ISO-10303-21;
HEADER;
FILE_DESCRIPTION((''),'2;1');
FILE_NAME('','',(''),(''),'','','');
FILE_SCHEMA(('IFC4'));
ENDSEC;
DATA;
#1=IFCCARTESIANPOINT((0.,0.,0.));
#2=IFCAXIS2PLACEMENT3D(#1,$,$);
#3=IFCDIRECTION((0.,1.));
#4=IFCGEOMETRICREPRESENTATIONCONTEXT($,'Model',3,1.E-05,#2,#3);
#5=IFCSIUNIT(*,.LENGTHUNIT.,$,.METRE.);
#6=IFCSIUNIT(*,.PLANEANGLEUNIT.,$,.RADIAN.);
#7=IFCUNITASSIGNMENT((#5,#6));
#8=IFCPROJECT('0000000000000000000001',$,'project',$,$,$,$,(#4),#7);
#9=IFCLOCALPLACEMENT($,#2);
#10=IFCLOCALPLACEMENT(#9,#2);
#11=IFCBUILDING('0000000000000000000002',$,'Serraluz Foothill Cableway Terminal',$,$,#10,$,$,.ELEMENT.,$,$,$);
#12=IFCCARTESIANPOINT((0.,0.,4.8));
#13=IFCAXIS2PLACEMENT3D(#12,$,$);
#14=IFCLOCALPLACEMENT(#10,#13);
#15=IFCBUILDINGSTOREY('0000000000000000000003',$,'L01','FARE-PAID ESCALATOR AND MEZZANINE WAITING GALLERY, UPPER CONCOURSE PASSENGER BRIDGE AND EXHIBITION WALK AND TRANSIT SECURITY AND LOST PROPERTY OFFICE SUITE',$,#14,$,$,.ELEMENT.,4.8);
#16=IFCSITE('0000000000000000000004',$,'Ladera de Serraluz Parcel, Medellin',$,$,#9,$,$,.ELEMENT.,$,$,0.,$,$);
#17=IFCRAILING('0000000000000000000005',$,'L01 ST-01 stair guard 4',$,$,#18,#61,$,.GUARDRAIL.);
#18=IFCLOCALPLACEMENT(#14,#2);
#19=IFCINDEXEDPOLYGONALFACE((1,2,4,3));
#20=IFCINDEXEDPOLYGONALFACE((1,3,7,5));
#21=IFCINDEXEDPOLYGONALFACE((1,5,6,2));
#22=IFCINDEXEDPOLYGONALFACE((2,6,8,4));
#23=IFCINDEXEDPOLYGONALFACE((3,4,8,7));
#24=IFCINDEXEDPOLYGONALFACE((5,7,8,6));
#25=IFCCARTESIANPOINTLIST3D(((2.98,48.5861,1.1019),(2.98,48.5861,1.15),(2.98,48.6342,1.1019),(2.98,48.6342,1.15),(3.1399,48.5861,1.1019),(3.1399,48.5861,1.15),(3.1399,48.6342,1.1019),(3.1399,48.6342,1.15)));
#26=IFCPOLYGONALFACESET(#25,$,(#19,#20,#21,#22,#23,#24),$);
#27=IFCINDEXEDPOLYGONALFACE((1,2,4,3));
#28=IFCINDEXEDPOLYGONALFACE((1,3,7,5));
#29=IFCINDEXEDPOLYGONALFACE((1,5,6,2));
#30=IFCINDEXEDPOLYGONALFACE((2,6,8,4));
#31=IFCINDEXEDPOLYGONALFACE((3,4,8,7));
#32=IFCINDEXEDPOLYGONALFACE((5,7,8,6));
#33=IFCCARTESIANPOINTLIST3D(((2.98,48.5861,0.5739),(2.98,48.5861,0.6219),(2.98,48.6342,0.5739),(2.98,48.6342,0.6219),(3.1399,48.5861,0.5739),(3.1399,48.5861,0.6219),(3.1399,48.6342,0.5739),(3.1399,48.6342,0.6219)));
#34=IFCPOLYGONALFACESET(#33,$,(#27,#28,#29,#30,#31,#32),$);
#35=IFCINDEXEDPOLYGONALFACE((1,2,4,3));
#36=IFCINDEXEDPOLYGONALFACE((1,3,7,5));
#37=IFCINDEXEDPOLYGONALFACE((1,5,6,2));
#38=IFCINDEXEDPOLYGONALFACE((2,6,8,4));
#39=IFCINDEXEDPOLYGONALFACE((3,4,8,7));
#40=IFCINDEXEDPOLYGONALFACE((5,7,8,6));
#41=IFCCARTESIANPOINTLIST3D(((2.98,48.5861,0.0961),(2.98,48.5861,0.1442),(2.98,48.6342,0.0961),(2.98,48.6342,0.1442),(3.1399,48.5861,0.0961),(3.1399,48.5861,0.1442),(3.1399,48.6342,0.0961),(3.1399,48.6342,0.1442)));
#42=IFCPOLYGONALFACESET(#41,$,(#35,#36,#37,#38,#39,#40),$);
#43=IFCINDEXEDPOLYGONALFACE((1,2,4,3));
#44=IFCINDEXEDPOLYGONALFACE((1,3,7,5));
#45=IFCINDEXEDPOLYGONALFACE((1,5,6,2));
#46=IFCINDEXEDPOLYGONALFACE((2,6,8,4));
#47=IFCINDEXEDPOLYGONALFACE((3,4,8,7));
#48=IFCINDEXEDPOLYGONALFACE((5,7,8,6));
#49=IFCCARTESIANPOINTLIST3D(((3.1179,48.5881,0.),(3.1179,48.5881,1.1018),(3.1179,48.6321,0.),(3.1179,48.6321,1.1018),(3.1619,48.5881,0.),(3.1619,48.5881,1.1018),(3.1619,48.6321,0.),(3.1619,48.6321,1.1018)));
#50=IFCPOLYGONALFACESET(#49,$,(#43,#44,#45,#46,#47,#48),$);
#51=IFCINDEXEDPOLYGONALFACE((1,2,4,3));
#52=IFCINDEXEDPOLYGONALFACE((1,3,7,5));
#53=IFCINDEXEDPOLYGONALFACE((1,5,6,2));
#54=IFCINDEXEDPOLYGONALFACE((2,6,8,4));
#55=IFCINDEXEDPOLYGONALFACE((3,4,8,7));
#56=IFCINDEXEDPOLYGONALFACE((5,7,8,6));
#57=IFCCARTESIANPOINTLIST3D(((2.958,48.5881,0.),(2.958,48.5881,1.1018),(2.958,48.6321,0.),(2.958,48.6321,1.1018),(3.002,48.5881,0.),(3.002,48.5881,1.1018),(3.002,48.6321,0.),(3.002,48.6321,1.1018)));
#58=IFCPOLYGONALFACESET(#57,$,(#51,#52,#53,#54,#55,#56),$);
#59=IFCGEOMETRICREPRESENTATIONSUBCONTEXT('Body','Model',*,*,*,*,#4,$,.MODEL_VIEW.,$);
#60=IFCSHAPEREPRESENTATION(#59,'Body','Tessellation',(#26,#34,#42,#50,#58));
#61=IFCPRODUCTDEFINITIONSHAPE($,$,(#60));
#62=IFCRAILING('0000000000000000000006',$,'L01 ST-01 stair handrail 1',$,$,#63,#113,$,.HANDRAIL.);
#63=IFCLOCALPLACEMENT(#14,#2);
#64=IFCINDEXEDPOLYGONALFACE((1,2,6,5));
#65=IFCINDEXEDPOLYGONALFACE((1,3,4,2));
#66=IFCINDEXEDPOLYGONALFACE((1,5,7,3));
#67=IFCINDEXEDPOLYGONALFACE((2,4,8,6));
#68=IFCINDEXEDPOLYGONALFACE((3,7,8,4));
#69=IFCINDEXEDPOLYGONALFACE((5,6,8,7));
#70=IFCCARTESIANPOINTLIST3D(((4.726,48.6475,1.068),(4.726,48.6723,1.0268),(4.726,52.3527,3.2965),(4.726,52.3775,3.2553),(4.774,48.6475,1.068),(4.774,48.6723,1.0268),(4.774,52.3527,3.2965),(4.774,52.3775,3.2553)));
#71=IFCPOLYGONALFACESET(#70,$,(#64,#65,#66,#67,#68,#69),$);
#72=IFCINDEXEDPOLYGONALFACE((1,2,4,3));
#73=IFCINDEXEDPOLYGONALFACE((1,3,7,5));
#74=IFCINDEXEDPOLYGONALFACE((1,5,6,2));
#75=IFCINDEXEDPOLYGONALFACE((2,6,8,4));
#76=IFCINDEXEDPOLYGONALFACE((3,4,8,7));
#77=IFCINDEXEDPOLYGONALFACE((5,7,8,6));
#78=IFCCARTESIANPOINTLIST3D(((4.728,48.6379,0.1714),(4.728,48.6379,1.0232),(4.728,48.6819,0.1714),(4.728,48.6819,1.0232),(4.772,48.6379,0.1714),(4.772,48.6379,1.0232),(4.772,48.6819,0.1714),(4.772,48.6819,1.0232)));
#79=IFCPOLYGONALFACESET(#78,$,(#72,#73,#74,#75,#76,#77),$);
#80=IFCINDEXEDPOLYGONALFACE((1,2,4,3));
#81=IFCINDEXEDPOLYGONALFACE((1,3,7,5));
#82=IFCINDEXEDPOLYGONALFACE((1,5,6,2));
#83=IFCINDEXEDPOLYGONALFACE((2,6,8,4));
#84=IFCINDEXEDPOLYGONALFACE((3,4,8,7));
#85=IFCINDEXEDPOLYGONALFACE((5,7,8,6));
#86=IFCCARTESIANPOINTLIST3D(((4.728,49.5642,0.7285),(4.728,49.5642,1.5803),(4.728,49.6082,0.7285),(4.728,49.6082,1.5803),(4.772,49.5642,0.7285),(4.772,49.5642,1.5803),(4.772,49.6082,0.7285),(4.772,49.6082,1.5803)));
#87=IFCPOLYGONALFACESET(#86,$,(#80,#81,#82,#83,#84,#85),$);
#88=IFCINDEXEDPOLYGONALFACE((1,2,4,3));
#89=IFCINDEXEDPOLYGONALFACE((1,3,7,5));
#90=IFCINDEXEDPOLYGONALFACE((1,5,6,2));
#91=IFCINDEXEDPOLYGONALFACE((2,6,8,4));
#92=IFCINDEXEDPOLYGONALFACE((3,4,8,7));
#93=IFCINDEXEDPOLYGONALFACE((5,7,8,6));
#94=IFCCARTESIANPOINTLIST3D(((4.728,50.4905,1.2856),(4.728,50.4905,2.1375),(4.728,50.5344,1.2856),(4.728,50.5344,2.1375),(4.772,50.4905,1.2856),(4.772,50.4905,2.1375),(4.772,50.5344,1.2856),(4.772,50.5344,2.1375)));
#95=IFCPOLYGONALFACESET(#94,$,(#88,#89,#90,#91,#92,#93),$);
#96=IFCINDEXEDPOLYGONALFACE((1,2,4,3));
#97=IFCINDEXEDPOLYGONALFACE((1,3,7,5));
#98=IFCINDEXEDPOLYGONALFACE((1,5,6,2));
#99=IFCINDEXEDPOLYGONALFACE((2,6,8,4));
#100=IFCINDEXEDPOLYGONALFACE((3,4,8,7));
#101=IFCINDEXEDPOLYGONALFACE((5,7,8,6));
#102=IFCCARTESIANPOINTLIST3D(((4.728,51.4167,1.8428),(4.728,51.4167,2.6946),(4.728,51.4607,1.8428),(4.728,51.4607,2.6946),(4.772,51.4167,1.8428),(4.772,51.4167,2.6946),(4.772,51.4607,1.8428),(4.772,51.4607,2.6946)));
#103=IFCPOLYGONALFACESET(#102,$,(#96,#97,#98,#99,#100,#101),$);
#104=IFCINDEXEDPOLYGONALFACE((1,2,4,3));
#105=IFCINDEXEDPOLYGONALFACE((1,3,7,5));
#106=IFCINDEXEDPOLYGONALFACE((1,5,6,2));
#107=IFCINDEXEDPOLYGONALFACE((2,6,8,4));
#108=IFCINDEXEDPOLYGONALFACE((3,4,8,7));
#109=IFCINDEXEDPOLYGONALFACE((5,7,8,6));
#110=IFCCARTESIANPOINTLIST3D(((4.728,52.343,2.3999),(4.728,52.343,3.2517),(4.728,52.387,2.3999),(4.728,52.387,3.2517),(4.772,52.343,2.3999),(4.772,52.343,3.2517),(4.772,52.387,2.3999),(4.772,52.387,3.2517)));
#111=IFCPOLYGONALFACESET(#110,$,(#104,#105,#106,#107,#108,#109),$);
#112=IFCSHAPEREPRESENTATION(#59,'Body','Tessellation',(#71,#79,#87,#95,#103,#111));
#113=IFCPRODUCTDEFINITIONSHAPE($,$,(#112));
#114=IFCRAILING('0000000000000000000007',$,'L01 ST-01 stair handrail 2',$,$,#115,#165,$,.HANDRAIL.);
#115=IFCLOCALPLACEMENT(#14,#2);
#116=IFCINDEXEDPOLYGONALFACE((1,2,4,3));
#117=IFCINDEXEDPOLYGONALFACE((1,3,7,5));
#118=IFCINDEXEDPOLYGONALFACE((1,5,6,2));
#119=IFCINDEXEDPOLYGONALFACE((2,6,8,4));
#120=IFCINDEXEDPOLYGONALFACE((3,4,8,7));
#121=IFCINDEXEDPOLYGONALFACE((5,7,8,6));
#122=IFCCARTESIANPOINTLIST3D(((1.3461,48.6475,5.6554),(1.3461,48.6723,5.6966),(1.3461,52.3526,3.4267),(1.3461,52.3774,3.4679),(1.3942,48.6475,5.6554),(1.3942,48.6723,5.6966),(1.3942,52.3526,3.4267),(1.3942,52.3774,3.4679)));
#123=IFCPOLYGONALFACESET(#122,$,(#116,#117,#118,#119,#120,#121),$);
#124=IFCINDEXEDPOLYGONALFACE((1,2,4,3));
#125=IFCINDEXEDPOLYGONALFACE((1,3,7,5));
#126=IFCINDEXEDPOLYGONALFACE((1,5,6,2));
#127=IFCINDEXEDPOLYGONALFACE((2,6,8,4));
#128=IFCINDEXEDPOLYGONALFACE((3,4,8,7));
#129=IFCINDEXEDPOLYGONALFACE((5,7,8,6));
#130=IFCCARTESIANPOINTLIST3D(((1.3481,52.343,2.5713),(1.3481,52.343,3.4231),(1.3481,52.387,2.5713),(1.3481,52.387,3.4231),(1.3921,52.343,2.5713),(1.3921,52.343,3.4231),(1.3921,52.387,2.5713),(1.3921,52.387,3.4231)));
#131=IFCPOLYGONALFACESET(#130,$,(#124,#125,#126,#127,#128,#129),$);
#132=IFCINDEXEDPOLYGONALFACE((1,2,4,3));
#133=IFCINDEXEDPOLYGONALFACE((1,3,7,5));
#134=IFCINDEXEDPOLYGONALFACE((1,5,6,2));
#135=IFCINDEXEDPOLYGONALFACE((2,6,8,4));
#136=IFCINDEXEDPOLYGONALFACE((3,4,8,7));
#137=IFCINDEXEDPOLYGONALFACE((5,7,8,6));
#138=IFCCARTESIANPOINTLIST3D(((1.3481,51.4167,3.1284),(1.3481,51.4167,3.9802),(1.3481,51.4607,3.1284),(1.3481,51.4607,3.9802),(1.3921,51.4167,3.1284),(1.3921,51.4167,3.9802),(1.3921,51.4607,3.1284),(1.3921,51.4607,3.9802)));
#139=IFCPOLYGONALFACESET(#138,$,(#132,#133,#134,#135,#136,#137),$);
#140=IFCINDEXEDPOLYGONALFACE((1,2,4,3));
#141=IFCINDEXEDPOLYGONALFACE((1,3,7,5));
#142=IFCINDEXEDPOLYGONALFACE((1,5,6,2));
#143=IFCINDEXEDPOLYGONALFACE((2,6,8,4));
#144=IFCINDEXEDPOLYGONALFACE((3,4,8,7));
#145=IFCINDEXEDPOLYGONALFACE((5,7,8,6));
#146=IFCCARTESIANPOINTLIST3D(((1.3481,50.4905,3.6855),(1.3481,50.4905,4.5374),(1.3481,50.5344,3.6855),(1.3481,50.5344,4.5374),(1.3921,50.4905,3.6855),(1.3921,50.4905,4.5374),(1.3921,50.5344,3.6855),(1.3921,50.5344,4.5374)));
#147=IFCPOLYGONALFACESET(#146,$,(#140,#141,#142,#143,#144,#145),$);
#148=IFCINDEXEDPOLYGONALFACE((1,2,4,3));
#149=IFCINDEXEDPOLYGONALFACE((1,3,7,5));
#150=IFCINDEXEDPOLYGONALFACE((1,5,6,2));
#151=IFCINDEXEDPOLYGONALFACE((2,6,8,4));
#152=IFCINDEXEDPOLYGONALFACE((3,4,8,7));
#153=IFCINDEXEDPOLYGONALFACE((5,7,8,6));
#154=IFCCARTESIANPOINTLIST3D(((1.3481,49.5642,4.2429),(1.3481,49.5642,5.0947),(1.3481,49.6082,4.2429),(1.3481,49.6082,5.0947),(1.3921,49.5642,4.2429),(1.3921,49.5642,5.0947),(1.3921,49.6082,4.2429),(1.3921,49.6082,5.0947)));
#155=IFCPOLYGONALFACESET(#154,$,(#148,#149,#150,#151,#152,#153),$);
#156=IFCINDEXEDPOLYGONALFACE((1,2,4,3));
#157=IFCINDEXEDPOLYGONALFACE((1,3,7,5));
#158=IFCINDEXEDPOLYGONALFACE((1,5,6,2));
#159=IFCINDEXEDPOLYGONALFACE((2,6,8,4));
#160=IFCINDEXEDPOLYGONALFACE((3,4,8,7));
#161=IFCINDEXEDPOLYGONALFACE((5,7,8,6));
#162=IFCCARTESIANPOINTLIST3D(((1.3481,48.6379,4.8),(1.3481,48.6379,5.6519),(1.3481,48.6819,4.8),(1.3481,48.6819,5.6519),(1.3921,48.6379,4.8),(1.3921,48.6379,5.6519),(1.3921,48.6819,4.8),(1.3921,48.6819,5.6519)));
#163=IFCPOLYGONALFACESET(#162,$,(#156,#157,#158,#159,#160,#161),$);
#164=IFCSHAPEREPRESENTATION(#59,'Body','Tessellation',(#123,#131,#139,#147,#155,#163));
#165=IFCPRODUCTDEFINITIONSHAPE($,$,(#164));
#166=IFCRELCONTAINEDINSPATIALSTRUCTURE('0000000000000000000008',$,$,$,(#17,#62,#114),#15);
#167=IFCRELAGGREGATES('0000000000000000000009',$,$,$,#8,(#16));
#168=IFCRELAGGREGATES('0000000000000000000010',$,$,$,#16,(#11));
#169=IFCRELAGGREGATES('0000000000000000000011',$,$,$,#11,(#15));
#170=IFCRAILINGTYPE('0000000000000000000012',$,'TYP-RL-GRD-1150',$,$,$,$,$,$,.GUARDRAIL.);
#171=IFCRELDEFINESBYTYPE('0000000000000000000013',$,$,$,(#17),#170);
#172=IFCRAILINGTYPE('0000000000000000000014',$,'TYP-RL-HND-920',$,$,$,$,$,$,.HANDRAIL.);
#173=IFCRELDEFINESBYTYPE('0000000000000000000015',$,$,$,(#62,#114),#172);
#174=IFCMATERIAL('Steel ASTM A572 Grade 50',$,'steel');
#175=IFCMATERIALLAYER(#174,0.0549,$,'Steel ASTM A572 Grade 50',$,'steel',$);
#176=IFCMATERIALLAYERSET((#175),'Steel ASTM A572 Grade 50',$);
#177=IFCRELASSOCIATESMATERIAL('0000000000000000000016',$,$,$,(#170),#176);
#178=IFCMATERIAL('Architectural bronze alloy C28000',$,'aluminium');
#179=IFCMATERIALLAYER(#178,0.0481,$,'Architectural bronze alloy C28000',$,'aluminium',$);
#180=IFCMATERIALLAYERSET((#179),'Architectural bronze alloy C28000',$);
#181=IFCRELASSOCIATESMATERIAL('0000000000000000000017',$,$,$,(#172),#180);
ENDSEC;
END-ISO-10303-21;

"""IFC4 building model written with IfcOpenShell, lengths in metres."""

from ifc_helpers import new_model, si_unit, direction, frame, origin, origin_2d, place, context, subcontext, project, spatial, rectangle, extrude, material, layer, layer_set, type_object, element, save


model = new_model("IFC4")

# Units and contexts
model_context = context("Model", 3, precision=1e-05, world=origin(), true_north=direction((0.0, 1.0)))
body_context = subcontext(model_context, "Body", "Model", "MODEL_VIEW")
ifc_project = project(units=[si_unit("LENGTHUNIT", "METRE"), si_unit("PLANEANGLEUNIT", "RADIAN")], contexts=[model_context])

# Site, building, storey
site_placement = place(None, origin())
site = spatial("IfcSite", under=ifc_project, at=site_placement, Name="Ladera de Serraluz Parcel, Medellin", CompositionType="ELEMENT", RefElevation=0.0)
building_placement = place(site_placement, origin())
building = spatial("IfcBuilding", under=site, at=building_placement, Name="Serraluz Foothill Cableway Terminal", CompositionType="ELEMENT")
storey_placement = place(building_placement, frame((0.0, 0.0, 4.8)))
storey = spatial("IfcBuildingStorey", under=building, at=storey_placement, Name="L01", Description="FARE-PAID ESCALATOR AND MEZZANINE WAITING GALLERY, UPPER CONCOURSE PASSENGER BRIDGE AND EXHIBITION WALK AND TRANSIT SECURITY AND LOST PROPERTY OFFICE SUITE", CompositionType="ELEMENT", Elevation=4.8)

# Shared definitions
ifc_material_1 = material(Name="Architectural bronze alloy C28000", Category="aluminium")

# Railings
ifc_material_2 = material(Name="Steel ASTM A572 Grade 50", Category="steel")
ifc_layer_1 = layer(ifc_material_2, 0.0549, Name="Steel ASTM A572 Grade 50", Category="steel")
ifc_layer_set_1 = layer_set([ifc_layer_1], Name="Steel ASTM A572 Grade 50")
railing_type_1 = type_object("IfcRailingType", Name="TYP-RL-GRD-1150", PredefinedType="GUARDRAIL", material=ifc_layer_set_1)
railing_1_placement = place(storey_placement, frame((3.1399, 48.6101, 0.0)))
element("IfcRailing", 1, at=railing_1_placement, inside=storey, type_object=railing_type_1, Name="L01 ST-01 stair guard 4", PredefinedType="GUARDRAIL", context=body_context, shape_type="SweptSolid", body=[
    extrude(rectangle(XDim=0.0481, YDim=0.0481, at=origin_2d()), frame((0.0, 0.0, 1.126), z_axis=(-1.0, 0.0, 0.0), x_axis=(0.0, -1.0, 0.0)), (0.0, 0.0, 1.0), 0.1599),
    extrude(rectangle(XDim=0.0481, YDim=0.0481, at=origin_2d()), frame((0.0, 0.0, 0.5979), z_axis=(-1.0, 0.0, 0.0), x_axis=(0.0, -1.0, 0.0)), (0.0, 0.0, 1.0), 0.1599),
    extrude(rectangle(XDim=0.0481, YDim=0.0481, at=origin_2d()), frame((0.0, 0.0, 0.1201), z_axis=(-1.0, 0.0, 0.0), x_axis=(0.0, -1.0, 0.0)), (0.0, 0.0, 1.0), 0.1599),
    extrude(rectangle(XDim=0.0439, YDim=0.0439, at=origin_2d()), origin(), (0.0, 0.0, 1.0), 1.1018),
    extrude(rectangle(XDim=0.0439, YDim=0.0439, at=origin_2d()), frame((-0.1599, 0.0, 0.0)), (0.0, 0.0, 1.0), 1.1018),
])
ifc_layer_2 = layer(ifc_material_1, 0.0481, Name="Architectural bronze alloy C28000", Category="aluminium")
ifc_layer_set_2 = layer_set([ifc_layer_2], Name="Architectural bronze alloy C28000")
railing_type_2 = type_object("IfcRailingType", Name="TYP-RL-HND-920", PredefinedType="HANDRAIL", material=ifc_layer_set_2)
railing_2_placement = place(storey_placement, frame((4.75, 48.6599, 0.1714)))
element("IfcRailing", 2, at=railing_2_placement, inside=storey, type_object=railing_type_2, Name="L01 ST-01 stair handrail 1", PredefinedType="HANDRAIL", context=body_context, shape_type="SweptSolid", body=[
    extrude(rectangle(XDim=0.0481, YDim=0.0481, at=origin_2d()), frame((0.0, 0.0, 0.876), z_axis=(0.0, 0.856934, 0.515425), x_axis=(-1.0, 0.0, 0.0)), (0.0, 0.0, 1.0), 4.3237),
    extrude(rectangle(XDim=0.0439, YDim=0.0439, at=origin_2d()), origin(), (0.0, 0.0, 1.0), 0.8518),
    extrude(rectangle(XDim=0.0439, YDim=0.0439, at=origin_2d()), frame((0.0, 0.9263, 0.5571)), (0.0, 0.0, 1.0), 0.8518),
    extrude(rectangle(XDim=0.0439, YDim=0.0439, at=origin_2d()), frame((0.0, 1.8525, 1.1143)), (0.0, 0.0, 1.0), 0.8518),
    extrude(rectangle(XDim=0.0439, YDim=0.0439, at=origin_2d()), frame((0.0, 2.7788, 1.6714)), (0.0, 0.0, 1.0), 0.8518),
    extrude(rectangle(XDim=0.0439, YDim=0.0439, at=origin_2d()), frame((0.0, 3.7051, 2.2285)), (0.0, 0.0, 1.0), 0.8518),
])
railing_3_placement = place(storey_placement, frame((1.3701, 52.365, 2.5713)))
element("IfcRailing", 3, at=railing_3_placement, inside=storey, type_object=railing_type_2, Name="L01 ST-01 stair handrail 2", PredefinedType="HANDRAIL", context=body_context, shape_type="SweptSolid", body=[
    extrude(rectangle(XDim=0.0481, YDim=0.0481, at=origin_2d()), frame((0.0, 0.0, 0.876), z_axis=(0.0, -0.856909, 0.515467), x_axis=(1.0, 0.0, 0.0)), (0.0, 0.0, 1.0), 4.3237),
    extrude(rectangle(XDim=0.0439, YDim=0.0439, at=origin_2d()), origin(), (0.0, 0.0, 1.0), 0.8518),
    extrude(rectangle(XDim=0.0439, YDim=0.0439, at=origin_2d()), frame((0.0, -0.9263, 0.5571)), (0.0, 0.0, 1.0), 0.8518),
    extrude(rectangle(XDim=0.0439, YDim=0.0439, at=origin_2d()), frame((0.0, -1.8525, 1.1143)), (0.0, 0.0, 1.0), 0.8518),
    extrude(rectangle(XDim=0.0439, YDim=0.0439, at=origin_2d()), frame((0.0, -2.7788, 1.6716)), (0.0, 0.0, 1.0), 0.8518),
    extrude(rectangle(XDim=0.0439, YDim=0.0439, at=origin_2d()), frame((0.0, -3.7051, 2.2288)), (0.0, 0.0, 1.0), 0.8518),
])

save(model, "model.ifc")
